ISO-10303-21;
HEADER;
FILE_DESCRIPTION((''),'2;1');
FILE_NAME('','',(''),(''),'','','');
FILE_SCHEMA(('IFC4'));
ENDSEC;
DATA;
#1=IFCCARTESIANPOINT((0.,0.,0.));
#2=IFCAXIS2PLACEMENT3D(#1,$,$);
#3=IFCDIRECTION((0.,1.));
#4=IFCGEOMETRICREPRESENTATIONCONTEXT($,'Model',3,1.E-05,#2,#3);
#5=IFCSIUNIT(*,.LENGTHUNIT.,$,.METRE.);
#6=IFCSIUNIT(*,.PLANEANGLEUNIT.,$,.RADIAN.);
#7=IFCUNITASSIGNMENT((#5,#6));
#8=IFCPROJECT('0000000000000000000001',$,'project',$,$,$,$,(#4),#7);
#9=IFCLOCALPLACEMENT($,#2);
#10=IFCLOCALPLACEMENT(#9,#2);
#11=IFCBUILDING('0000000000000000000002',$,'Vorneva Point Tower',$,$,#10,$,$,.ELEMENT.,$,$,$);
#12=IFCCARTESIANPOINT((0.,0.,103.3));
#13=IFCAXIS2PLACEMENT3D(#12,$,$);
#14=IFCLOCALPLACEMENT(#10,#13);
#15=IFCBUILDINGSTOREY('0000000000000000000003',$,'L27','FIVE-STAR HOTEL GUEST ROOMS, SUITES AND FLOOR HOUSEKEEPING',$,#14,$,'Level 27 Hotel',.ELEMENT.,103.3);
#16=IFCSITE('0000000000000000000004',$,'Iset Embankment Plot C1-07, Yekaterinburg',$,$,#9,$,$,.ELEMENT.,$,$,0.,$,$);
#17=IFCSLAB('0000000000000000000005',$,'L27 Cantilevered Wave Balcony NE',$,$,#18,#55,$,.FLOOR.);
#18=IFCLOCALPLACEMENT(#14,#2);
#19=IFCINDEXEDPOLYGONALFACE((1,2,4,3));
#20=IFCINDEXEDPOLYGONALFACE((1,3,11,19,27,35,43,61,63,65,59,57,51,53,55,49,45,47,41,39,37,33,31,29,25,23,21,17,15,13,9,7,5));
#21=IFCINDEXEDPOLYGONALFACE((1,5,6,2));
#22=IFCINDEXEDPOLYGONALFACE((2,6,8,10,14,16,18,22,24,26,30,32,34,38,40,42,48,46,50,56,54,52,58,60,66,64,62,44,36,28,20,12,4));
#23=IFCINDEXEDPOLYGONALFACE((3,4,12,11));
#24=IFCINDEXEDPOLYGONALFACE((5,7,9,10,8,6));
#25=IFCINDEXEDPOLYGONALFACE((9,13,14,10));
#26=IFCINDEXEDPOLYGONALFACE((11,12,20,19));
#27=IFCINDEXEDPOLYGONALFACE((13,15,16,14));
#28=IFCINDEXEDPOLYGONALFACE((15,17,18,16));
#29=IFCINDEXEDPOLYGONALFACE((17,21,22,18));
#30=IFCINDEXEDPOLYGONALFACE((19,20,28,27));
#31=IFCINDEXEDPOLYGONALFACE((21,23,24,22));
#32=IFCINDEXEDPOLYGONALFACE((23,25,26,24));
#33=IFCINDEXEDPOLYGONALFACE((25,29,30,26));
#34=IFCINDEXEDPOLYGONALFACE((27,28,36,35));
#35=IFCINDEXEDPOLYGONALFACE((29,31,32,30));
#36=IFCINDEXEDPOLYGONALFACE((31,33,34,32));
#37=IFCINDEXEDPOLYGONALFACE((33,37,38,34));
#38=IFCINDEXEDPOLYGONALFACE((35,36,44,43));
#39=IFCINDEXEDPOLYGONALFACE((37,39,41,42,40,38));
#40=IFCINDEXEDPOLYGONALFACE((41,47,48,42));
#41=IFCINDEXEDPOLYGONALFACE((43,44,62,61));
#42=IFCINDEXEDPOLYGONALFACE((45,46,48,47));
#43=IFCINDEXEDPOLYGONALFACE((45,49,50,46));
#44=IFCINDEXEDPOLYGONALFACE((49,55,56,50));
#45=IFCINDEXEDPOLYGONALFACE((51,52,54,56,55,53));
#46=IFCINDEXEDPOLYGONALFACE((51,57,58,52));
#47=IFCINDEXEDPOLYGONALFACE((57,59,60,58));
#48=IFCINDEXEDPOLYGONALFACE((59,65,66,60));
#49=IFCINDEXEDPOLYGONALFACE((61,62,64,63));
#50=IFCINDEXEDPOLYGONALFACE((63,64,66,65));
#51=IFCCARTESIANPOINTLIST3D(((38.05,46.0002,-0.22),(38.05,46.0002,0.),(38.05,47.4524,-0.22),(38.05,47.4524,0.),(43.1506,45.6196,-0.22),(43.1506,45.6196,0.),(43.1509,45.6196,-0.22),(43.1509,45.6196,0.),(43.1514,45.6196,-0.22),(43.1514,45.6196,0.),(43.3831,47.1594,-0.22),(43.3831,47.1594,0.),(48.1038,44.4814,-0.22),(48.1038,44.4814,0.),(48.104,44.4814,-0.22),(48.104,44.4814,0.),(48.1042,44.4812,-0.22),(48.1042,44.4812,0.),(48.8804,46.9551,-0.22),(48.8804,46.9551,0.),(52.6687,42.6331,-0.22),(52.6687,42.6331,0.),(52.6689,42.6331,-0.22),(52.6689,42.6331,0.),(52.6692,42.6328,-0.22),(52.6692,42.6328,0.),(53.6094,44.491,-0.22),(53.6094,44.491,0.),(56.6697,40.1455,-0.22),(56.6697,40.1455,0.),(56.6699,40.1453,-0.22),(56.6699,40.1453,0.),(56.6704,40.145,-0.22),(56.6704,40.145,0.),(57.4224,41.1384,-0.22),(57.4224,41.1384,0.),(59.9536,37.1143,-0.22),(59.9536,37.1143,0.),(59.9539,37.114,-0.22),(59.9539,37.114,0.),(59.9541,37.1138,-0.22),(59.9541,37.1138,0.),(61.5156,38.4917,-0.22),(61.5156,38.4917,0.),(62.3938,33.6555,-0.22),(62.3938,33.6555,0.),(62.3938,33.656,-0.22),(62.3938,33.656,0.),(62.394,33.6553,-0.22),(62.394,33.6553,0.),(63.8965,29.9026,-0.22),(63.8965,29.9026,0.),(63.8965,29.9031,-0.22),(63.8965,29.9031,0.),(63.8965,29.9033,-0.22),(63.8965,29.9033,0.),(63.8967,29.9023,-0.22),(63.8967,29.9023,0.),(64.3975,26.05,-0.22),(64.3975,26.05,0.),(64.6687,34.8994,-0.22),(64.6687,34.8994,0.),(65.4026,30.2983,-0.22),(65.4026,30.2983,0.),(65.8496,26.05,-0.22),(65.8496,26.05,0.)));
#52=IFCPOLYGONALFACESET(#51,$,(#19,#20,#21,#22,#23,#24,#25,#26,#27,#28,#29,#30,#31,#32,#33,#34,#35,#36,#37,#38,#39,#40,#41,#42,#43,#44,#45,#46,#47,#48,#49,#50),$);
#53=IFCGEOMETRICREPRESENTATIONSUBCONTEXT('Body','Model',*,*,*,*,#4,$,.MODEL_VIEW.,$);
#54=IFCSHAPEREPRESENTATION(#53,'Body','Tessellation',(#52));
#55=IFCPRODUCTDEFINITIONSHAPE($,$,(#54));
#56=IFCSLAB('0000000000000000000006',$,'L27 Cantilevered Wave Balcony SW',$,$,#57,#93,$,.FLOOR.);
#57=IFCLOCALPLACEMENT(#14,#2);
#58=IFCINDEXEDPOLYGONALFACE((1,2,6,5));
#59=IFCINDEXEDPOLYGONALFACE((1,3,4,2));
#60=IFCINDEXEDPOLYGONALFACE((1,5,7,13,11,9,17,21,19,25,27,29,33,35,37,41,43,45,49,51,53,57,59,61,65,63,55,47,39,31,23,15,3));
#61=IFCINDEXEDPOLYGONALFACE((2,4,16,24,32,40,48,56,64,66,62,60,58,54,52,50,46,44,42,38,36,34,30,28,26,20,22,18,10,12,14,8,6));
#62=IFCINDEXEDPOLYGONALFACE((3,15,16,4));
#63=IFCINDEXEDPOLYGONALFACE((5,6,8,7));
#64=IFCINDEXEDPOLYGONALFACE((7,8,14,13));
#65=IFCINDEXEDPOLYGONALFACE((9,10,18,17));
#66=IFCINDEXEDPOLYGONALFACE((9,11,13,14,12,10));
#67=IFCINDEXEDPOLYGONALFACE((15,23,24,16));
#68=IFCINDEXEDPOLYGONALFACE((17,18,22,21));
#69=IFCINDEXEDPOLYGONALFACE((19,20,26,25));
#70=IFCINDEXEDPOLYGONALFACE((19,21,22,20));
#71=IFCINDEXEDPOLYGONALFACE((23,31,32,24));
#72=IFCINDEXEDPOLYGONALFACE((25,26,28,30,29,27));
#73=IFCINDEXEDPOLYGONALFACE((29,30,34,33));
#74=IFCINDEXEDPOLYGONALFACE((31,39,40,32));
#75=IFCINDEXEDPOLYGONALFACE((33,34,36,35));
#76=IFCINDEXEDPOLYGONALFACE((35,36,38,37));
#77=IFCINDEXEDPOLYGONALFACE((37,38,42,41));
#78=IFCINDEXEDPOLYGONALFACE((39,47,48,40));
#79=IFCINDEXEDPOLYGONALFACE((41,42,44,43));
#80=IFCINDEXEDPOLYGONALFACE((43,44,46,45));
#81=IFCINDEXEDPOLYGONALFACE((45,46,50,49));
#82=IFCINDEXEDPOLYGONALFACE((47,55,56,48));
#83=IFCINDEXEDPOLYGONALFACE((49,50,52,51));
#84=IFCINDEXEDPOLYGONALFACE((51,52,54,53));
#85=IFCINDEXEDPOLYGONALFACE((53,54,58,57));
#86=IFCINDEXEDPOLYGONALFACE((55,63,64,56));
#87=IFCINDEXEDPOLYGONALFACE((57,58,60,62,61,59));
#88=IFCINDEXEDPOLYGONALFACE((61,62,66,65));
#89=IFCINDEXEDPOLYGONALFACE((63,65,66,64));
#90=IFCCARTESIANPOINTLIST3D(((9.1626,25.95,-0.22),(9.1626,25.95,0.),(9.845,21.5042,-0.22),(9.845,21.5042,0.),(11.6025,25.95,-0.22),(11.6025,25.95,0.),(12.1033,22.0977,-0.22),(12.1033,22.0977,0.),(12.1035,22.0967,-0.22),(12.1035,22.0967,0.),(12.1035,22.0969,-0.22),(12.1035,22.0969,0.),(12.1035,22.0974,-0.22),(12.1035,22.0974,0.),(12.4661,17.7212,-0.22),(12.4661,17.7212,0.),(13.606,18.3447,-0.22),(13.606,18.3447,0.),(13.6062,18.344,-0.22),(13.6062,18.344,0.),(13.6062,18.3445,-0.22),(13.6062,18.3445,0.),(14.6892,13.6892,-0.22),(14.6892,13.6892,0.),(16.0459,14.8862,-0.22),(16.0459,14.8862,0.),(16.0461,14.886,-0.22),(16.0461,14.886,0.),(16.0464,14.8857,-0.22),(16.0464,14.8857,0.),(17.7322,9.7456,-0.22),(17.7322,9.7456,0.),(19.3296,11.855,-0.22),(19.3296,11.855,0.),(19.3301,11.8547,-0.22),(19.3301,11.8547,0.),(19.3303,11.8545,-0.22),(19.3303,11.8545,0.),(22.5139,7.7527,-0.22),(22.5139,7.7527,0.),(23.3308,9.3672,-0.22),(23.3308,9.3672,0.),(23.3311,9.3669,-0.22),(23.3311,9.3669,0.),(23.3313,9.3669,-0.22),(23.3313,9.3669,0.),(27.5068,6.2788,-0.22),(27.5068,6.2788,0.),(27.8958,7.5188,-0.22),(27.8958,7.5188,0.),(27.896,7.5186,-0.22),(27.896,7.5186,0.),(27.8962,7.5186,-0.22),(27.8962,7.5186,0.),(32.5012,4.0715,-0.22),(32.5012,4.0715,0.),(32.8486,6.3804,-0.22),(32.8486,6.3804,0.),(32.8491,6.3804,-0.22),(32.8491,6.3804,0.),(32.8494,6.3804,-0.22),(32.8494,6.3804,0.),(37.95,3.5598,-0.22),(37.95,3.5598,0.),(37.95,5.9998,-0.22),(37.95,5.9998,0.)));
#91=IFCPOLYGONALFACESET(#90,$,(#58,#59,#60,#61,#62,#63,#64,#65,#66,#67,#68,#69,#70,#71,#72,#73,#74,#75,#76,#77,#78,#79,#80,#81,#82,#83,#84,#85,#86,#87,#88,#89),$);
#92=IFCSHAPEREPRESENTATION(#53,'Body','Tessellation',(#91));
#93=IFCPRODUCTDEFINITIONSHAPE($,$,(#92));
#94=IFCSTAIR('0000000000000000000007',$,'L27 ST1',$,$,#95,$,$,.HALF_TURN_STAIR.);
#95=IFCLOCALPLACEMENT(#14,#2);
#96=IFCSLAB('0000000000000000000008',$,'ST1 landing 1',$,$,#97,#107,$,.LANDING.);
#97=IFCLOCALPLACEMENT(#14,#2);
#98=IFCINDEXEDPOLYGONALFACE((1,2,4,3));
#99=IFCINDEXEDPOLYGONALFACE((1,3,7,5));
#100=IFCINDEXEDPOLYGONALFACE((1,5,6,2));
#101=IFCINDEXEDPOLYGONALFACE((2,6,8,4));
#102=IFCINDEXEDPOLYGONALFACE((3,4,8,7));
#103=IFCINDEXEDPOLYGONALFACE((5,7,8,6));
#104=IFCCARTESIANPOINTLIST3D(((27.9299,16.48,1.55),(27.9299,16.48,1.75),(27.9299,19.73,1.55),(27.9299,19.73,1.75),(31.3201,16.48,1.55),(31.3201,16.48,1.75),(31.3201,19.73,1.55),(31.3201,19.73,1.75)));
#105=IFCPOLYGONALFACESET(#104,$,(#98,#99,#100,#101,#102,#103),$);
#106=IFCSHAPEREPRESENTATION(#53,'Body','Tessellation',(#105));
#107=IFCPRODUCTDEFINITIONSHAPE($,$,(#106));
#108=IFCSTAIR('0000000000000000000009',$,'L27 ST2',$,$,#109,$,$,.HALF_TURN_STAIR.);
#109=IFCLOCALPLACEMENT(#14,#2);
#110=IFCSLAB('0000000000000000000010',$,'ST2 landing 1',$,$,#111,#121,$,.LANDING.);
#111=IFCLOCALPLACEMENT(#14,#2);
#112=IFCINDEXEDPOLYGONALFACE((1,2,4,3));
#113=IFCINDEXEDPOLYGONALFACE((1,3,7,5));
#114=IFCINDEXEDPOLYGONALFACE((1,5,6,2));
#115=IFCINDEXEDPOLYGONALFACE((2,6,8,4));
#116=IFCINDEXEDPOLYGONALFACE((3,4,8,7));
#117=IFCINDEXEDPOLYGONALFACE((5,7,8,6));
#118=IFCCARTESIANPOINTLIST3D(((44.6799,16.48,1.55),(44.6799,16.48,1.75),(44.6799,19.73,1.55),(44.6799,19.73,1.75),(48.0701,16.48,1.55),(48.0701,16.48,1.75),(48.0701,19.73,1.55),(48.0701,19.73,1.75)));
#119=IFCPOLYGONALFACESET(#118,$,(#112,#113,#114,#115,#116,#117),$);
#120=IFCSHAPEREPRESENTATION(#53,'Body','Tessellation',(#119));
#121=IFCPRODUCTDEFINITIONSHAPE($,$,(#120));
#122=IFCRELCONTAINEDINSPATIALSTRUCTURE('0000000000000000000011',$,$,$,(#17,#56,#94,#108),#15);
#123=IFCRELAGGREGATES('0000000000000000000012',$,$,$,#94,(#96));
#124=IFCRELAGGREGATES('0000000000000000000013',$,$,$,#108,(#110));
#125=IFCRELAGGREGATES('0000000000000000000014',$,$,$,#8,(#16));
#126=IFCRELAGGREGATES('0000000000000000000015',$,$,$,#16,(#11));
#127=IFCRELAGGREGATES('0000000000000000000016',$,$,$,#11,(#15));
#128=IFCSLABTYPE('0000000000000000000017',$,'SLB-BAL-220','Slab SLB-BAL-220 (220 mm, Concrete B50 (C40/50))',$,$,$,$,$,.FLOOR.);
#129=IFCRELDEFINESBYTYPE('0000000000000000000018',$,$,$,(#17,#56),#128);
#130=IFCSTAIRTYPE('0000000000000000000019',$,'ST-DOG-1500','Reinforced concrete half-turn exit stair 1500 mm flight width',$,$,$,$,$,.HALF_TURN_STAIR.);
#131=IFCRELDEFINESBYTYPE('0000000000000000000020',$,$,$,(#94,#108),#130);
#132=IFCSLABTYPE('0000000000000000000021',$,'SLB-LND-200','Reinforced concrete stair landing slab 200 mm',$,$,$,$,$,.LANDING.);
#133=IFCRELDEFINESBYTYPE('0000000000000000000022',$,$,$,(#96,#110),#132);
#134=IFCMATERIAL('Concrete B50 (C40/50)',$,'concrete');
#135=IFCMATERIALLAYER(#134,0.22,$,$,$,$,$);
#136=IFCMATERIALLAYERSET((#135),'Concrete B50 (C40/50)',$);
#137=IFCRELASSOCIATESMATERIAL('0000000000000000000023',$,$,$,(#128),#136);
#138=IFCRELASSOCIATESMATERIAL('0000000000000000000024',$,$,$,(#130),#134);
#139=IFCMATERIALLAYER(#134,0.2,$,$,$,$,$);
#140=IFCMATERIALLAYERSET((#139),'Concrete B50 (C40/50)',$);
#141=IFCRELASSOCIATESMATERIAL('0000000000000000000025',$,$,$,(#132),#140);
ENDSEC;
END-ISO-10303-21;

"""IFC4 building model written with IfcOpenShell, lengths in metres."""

from ifc_helpers import new_model, si_unit, direction, frame, origin, place, context, subcontext, project, spatial, polyline, outline, extrude, material, layer, layer_set, type_object, element, aggregate, save


model = new_model("IFC4")

# Units and contexts
model_context = context("Model", 3, precision=1e-05, world=origin(), true_north=direction((0.0, 1.0)))
body_context = subcontext(model_context, "Body", "Model", "MODEL_VIEW")
ifc_project = project(units=[si_unit("LENGTHUNIT", "METRE"), si_unit("PLANEANGLEUNIT", "RADIAN")], contexts=[model_context])

# Site, building, storey
site_placement = place(None, origin())
site = spatial("IfcSite", under=ifc_project, at=site_placement, Name="Iset Embankment Plot C1-07, Yekaterinburg", CompositionType="ELEMENT", RefElevation=0.0)
building_placement = place(site_placement, origin())
building = spatial("IfcBuilding", under=site, at=building_placement, Name="Vorneva Point Tower", CompositionType="ELEMENT")
storey_placement = place(building_placement, frame((0.0, 0.0, 103.3)))
storey = spatial("IfcBuildingStorey", under=building, at=storey_placement, Name="L27", Description="FIVE-STAR HOTEL GUEST ROOMS, SUITES AND FLOOR HOUSEKEEPING", LongName="Level 27 Hotel", CompositionType="ELEMENT", Elevation=103.3)

# Slabs
ifc_material_1 = material(Name="Concrete B50 (C40/50)", Category="concrete")
ifc_layer_1 = layer(ifc_material_1, 0.22)
ifc_layer_set_1 = layer_set([ifc_layer_1], Name="Concrete B50 (C40/50)")
slab_type_1 = type_object("IfcSlabType", Name="SLB-BAL-220", Description="Slab SLB-BAL-220 (220 mm, Concrete B50 (C40/50))", PredefinedType="FLOOR", material=ifc_layer_set_1)
slab_1_placement = place(storey_placement, frame((0.0, 0.0, -0.22)))
element("IfcSlab", 1, at=slab_1_placement, inside=storey, type_object=slab_type_1, Name="L27 Cantilevered Wave Balcony NE", PredefinedType="FLOOR", context=body_context, shape_type="SweptSolid", body=[
    extrude(outline(polyline([(38.05, 47.4524), (38.05, 46.0002), (43.1506, 45.6196), (43.1509, 45.6196), (43.1514, 45.6196), (48.1038, 44.4814), (48.104, 44.4814), (48.1042, 44.4812), (52.6687, 42.6331), (52.6689, 42.6331), (52.6692, 42.6328), (56.6697, 40.1455), (56.6699, 40.1453), (56.6704, 40.145), (59.9536, 37.1143), (59.9539, 37.114), (59.9541, 37.1138), (62.3938, 33.656), (62.3938, 33.6555), (62.394, 33.6553), (63.8965, 29.9033), (63.8965, 29.9031), (63.8965, 29.9026), (63.8967, 29.9023), (64.3975, 26.05), (65.8496, 26.05), (65.4026, 30.2983), (64.6687, 34.8994), (61.5156, 38.4917), (57.4224, 41.1384), (53.6094, 44.491), (48.8804, 46.9551), (43.3831, 47.1594), (38.05, 47.4524)])), origin(), (0.0, 0.0, 1.0), 0.22),
])
slab_2_placement = place(storey_placement, frame((0.0, 0.0, -0.22)))
element("IfcSlab", 2, at=slab_2_placement, inside=storey, type_object=slab_type_1, Name="L27 Cantilevered Wave Balcony SW", PredefinedType="FLOOR", context=body_context, shape_type="SweptSolid", body=[
    extrude(outline(polyline([(37.95, 3.5598), (37.95, 5.9998), (32.8494, 6.3804), (32.8491, 6.3804), (32.8486, 6.3804), (27.8962, 7.5186), (27.896, 7.5186), (27.8958, 7.5188), (23.3313, 9.3669), (23.3311, 9.3669), (23.3308, 9.3672), (19.3303, 11.8545), (19.3301, 11.8547), (19.3296, 11.855), (16.0464, 14.8857), (16.0461, 14.886), (16.0459, 14.8862), (13.6062, 18.344), (13.6062, 18.3445), (13.606, 18.3447), (12.1035, 22.0967), (12.1035, 22.0969), (12.1035, 22.0974), (12.1033, 22.0977), (11.6025, 25.95), (9.1626, 25.95), (9.845, 21.5042), (12.4661, 17.7212), (14.6892, 13.6892), (17.7322, 9.7456), (22.5139, 7.7527), (27.5068, 6.2788), (32.5012, 4.0715), (37.95, 3.5598)])), origin(), (0.0, 0.0, 1.0), 0.22),
])

# Stairs, slabs
stair_type = type_object("IfcStairType", Name="ST-DOG-1500", Description="Reinforced concrete half-turn exit stair 1500 mm flight width", PredefinedType="HALF_TURN_STAIR", material=ifc_material_1)
stair_1_placement = place(storey_placement, origin())
stair_1 = element("IfcStair", 3, at=stair_1_placement, inside=storey, type_object=stair_type, Name="L27 ST1", PredefinedType="HALF_TURN_STAIR")
ifc_layer_2 = layer(ifc_material_1, 0.2)
ifc_layer_set_2 = layer_set([ifc_layer_2], Name="Concrete B50 (C40/50)")
slab_type_2 = type_object("IfcSlabType", Name="SLB-LND-200", Description="Reinforced concrete stair landing slab 200 mm", PredefinedType="LANDING", material=ifc_layer_set_2)
slab_3_placement = place(storey_placement, frame((0.0, 0.0, 1.55)))
slab_3 = element("IfcSlab", 4, at=slab_3_placement, type_object=slab_type_2, Name="ST1 landing 1", PredefinedType="LANDING", context=body_context, shape_type="SweptSolid", body=[
    extrude(outline(polyline([(27.9299, 16.48), (31.3201, 16.48), (31.3201, 19.73), (27.9299, 19.73), (27.9299, 16.48)])), origin(), (0.0, 0.0, 1.0), 0.2),
])
aggregate(stair_1, [slab_3])
stair_2_placement = place(storey_placement, origin())
stair_2 = element("IfcStair", 5, at=stair_2_placement, inside=storey, type_object=stair_type, Name="L27 ST2", PredefinedType="HALF_TURN_STAIR")
slab_4_placement = place(storey_placement, frame((0.0, 0.0, 1.55)))
slab_4 = element("IfcSlab", 6, at=slab_4_placement, type_object=slab_type_2, Name="ST2 landing 1", PredefinedType="LANDING", context=body_context, shape_type="SweptSolid", body=[
    extrude(outline(polyline([(44.6799, 16.48), (48.0701, 16.48), (48.0701, 19.73), (44.6799, 19.73), (44.6799, 16.48)])), origin(), (0.0, 0.0, 1.0), 0.2),
])
aggregate(stair_2, [slab_4])

save(model, "model.ifc")
